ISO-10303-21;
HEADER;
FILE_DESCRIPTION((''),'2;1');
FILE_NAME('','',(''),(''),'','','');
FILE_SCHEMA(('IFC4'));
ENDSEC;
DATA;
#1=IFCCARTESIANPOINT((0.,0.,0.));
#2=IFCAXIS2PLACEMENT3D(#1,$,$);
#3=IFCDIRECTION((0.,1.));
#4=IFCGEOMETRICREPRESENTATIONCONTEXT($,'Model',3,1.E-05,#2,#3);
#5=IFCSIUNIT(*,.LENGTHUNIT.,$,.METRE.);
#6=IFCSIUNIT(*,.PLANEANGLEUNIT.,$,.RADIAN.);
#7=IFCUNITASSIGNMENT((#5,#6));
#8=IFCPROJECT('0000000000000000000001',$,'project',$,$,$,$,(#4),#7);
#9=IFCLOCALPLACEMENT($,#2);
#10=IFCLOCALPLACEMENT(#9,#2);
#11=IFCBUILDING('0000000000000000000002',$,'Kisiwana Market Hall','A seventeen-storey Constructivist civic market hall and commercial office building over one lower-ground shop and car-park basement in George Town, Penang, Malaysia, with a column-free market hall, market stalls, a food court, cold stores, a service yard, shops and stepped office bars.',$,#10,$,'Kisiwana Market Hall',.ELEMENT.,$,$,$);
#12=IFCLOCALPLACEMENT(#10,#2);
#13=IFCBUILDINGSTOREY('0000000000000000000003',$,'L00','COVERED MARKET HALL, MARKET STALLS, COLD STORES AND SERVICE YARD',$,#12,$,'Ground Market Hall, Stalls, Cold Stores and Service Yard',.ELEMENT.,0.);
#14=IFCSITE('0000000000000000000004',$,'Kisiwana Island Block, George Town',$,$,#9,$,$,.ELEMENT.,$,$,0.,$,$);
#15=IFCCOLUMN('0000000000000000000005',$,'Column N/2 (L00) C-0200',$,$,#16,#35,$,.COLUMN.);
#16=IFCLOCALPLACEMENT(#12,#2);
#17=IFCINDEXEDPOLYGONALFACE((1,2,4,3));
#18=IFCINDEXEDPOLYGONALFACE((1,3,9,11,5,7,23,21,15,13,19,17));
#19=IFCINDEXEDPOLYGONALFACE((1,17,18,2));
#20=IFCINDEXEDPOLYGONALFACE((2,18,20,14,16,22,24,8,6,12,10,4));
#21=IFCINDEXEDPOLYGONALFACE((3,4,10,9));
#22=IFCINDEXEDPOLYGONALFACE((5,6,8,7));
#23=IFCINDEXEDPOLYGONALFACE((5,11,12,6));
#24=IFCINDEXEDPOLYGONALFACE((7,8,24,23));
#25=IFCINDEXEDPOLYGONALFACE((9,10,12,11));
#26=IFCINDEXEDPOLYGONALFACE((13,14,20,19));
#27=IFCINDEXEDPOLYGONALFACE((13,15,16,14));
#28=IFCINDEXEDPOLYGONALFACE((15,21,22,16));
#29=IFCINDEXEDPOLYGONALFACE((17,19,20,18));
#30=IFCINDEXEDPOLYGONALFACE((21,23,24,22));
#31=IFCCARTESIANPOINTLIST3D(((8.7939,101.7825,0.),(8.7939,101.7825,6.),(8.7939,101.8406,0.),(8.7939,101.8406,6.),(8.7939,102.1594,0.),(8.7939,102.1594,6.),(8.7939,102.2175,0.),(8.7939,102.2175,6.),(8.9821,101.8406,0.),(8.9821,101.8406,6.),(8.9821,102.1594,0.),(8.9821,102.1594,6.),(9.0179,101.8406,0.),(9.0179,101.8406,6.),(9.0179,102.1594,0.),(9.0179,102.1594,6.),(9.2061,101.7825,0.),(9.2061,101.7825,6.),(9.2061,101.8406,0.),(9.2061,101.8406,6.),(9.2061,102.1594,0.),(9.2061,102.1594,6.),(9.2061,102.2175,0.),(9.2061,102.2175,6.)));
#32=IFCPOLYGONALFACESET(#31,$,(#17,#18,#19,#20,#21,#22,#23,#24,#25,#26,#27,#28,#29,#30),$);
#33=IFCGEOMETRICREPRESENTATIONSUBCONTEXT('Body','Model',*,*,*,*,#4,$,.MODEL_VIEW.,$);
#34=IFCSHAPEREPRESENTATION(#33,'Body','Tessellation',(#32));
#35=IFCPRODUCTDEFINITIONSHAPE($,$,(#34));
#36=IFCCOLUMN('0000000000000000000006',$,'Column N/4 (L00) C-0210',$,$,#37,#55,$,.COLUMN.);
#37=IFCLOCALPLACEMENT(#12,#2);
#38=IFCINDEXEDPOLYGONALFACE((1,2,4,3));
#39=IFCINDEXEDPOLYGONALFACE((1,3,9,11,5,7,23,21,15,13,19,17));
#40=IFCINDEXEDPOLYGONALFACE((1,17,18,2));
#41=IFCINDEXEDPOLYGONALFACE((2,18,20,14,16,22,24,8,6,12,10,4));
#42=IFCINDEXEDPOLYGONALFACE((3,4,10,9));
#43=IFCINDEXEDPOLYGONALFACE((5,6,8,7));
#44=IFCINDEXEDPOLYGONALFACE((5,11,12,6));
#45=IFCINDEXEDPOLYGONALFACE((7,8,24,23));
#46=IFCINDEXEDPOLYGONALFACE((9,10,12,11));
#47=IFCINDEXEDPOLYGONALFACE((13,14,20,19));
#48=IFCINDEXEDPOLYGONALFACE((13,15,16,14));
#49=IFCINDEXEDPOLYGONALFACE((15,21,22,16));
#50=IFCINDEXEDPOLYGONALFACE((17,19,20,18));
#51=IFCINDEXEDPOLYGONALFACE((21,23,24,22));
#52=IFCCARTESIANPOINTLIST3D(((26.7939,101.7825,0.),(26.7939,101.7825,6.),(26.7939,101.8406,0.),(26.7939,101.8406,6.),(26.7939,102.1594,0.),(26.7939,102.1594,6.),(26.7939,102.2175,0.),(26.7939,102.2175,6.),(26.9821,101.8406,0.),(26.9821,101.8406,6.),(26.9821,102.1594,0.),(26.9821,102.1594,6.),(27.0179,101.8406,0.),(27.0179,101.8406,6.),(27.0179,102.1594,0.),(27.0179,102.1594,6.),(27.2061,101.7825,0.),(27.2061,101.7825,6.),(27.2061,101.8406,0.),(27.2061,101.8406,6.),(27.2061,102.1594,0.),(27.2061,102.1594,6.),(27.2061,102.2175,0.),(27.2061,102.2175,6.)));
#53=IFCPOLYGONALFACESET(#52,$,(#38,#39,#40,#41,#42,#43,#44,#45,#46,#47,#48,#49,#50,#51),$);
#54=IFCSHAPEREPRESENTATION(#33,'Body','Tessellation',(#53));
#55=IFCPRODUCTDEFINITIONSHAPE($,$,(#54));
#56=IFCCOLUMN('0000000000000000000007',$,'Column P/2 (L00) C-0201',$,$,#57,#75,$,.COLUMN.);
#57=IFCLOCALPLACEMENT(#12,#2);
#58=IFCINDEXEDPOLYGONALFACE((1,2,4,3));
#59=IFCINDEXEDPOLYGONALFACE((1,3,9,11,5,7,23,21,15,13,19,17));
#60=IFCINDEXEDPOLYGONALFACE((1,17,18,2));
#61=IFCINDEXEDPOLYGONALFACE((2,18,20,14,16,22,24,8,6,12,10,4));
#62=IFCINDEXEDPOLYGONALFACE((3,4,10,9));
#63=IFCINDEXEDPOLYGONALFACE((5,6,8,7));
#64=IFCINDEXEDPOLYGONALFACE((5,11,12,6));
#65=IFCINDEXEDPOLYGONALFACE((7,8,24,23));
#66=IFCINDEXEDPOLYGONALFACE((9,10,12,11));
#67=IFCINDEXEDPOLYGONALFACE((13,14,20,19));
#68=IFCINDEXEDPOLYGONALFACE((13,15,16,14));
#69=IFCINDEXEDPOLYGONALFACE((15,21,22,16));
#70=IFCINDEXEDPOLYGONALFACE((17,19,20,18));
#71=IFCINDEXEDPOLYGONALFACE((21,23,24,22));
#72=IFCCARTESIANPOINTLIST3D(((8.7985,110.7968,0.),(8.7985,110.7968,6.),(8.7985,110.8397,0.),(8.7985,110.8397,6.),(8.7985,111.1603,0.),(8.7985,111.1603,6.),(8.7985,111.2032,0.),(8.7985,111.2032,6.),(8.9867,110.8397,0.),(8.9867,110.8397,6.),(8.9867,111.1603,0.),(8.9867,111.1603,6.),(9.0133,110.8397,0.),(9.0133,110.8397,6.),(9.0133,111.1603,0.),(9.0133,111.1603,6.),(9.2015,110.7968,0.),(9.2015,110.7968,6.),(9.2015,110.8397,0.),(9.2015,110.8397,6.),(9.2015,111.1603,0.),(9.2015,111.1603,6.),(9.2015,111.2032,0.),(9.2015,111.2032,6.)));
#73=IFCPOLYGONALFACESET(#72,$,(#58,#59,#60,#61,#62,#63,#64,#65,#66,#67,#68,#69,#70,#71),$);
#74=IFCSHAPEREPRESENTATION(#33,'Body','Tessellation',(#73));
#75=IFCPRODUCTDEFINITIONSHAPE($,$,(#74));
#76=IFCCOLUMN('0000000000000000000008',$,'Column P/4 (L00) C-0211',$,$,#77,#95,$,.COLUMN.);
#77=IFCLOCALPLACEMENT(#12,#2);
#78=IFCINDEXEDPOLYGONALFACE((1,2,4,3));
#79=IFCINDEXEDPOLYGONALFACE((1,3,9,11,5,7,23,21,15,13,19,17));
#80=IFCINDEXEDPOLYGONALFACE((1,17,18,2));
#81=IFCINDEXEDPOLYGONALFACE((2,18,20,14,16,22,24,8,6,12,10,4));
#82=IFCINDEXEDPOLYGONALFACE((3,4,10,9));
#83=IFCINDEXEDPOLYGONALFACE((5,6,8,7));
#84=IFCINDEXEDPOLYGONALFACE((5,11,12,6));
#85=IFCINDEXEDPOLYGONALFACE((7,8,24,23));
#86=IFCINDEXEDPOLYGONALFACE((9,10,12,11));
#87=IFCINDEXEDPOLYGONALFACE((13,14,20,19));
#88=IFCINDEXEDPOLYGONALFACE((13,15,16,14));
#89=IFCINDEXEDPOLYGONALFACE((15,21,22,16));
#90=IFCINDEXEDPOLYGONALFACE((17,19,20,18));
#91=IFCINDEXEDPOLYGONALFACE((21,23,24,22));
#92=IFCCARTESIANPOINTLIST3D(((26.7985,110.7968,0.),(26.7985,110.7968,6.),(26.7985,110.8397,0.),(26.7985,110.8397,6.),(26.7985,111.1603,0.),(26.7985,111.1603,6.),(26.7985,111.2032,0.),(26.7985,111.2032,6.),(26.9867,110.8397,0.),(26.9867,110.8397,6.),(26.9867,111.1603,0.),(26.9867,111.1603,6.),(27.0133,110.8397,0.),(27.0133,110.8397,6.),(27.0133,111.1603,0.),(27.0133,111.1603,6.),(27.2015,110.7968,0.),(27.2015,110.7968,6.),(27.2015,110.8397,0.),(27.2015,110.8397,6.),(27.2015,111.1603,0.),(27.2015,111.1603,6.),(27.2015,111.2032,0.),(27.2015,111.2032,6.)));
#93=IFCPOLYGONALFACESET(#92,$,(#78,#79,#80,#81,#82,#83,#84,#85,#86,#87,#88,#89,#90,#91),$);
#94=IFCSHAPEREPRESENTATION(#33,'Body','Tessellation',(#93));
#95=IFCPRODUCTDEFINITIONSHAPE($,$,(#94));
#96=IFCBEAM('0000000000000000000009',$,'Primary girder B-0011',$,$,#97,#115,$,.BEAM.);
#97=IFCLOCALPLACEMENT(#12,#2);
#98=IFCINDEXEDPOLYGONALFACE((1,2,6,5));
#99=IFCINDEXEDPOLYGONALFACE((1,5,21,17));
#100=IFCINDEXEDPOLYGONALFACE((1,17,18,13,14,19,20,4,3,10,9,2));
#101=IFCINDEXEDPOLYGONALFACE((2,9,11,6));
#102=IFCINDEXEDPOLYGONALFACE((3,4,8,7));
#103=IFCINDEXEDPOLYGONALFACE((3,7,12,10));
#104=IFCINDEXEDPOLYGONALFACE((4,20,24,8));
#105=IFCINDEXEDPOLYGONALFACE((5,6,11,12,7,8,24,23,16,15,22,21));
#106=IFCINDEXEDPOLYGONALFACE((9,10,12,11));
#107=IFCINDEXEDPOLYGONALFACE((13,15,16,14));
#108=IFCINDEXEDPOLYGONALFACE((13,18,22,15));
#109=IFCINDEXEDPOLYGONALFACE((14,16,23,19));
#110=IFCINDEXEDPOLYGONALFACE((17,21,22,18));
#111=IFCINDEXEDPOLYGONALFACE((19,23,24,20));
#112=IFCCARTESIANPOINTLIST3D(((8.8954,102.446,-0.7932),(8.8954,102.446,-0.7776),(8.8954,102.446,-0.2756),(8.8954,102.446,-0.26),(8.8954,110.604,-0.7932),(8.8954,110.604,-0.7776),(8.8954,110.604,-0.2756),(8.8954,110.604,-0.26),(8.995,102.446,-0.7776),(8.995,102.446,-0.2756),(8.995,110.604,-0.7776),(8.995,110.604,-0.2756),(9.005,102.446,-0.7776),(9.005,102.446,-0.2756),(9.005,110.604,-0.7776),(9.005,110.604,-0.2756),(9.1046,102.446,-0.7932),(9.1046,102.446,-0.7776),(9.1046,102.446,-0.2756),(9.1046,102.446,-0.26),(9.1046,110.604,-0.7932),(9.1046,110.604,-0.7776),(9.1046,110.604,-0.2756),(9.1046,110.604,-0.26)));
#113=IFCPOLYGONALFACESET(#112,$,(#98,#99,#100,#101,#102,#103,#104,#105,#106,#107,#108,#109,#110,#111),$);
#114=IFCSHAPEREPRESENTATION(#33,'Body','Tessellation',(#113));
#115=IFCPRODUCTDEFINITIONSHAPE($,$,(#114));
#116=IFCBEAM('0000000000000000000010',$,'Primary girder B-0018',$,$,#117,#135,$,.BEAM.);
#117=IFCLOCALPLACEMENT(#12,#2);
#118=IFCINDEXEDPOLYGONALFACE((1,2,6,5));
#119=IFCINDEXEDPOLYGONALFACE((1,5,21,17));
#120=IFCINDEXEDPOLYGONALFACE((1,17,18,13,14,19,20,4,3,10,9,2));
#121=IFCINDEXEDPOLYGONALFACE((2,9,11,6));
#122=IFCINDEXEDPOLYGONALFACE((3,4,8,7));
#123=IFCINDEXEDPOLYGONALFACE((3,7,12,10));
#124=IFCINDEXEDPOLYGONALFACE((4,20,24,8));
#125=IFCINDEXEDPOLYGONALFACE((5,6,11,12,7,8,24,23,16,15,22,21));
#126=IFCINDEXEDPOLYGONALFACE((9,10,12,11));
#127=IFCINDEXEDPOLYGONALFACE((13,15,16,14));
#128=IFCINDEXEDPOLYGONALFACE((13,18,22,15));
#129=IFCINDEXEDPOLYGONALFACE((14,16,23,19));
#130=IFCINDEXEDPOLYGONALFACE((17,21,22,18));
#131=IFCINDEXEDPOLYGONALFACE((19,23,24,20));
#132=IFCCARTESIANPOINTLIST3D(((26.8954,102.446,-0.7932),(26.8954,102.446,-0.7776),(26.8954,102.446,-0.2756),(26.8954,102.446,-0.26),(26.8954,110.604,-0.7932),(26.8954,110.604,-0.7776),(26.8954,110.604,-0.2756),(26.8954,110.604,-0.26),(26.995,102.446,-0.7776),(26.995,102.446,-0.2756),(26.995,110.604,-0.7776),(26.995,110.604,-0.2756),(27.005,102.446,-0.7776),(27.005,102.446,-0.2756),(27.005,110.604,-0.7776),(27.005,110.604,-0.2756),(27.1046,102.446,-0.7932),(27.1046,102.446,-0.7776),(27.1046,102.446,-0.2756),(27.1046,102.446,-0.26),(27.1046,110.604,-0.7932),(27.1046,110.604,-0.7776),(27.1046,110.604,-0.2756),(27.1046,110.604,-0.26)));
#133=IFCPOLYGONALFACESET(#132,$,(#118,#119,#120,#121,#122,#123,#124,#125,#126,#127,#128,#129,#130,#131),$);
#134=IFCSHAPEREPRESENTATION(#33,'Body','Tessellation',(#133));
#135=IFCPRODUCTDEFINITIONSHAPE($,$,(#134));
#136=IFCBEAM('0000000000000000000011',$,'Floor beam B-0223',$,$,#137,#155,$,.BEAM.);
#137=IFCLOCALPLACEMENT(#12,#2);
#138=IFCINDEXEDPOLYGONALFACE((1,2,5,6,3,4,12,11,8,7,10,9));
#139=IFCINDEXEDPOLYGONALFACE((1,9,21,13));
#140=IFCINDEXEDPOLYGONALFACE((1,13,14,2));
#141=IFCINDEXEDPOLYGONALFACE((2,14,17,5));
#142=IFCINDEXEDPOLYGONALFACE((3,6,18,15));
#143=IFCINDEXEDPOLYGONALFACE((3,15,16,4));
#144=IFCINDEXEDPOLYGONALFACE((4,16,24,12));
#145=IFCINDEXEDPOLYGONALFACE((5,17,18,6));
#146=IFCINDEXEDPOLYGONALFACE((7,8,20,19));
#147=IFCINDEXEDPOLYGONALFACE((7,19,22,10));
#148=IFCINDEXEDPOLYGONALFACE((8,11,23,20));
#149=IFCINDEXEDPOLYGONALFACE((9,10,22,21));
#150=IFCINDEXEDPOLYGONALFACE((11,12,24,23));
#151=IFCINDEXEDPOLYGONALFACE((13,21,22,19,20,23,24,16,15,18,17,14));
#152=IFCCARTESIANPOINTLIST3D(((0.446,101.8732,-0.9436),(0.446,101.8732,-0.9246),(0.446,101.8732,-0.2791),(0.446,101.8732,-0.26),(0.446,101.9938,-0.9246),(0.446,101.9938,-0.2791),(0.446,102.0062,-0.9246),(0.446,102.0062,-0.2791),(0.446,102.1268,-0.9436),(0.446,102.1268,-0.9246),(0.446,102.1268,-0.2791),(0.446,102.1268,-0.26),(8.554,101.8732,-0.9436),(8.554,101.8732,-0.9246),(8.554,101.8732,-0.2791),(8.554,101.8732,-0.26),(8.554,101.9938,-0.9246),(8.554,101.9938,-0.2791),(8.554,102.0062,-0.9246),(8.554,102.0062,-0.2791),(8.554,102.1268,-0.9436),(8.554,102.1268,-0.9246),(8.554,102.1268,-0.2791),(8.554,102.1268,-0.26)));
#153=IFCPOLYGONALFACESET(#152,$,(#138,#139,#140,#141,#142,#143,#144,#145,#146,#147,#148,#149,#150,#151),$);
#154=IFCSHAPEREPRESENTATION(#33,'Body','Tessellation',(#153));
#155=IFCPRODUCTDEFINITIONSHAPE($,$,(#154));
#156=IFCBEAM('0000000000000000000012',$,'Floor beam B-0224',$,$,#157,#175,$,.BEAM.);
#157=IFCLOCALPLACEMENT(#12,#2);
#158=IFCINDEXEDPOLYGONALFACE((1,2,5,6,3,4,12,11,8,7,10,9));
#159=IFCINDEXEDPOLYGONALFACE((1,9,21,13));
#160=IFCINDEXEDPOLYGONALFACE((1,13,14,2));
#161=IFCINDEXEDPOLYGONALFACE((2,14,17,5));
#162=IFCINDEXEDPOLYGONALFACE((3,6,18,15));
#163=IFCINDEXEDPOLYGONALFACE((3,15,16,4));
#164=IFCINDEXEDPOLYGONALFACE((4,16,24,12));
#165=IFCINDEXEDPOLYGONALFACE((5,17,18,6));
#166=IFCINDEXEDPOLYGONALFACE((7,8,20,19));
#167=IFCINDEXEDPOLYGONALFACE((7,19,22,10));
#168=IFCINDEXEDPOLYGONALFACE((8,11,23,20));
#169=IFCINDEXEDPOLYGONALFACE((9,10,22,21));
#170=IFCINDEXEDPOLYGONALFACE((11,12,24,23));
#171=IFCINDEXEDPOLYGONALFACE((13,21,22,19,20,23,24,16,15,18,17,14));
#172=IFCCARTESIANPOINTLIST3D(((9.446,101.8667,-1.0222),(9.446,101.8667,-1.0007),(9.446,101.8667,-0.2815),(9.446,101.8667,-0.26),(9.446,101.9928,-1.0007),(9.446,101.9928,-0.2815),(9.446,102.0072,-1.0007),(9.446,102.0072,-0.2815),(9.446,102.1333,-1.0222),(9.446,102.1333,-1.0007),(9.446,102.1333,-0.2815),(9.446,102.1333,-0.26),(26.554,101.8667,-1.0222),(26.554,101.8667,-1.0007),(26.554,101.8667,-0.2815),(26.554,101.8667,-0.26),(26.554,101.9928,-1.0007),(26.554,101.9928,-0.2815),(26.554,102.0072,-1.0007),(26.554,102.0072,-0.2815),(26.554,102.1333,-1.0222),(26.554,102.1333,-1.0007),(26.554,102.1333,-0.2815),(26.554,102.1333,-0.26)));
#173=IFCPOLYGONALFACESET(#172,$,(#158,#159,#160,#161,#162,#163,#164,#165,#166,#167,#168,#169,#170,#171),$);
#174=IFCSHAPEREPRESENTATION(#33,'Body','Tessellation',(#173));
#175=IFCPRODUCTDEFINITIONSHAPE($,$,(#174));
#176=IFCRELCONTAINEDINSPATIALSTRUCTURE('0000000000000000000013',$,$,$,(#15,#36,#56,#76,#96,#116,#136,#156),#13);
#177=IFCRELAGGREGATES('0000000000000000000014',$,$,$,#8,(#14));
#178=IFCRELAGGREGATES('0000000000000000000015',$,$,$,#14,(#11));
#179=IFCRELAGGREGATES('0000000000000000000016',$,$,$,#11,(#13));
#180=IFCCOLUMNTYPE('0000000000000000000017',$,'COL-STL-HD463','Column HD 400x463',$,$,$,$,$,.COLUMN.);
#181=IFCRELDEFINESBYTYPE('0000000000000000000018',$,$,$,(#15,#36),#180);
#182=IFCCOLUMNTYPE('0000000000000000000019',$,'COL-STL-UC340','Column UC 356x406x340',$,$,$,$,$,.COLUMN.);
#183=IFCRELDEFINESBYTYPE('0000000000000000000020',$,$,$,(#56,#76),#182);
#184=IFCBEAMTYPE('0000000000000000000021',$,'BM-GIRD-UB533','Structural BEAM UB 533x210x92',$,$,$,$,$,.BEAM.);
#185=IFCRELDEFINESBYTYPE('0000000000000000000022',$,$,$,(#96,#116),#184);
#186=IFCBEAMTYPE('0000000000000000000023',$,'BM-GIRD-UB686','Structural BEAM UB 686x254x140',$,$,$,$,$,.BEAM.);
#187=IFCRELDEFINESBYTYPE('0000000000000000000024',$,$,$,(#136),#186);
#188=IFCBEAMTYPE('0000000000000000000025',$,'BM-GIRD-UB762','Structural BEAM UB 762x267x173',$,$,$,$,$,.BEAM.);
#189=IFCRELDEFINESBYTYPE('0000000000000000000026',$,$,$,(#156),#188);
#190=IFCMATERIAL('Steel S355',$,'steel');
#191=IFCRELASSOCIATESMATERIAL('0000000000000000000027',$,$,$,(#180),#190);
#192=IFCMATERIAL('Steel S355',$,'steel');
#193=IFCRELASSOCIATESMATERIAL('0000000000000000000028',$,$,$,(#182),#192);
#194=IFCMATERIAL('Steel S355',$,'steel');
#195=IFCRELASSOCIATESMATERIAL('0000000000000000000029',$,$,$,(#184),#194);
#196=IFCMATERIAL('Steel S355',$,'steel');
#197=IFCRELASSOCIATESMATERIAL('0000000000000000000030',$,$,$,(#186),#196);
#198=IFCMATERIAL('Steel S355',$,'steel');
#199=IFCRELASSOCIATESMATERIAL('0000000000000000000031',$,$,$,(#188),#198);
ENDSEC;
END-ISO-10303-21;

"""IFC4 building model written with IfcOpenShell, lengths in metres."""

from ifc_helpers import new_model, si_unit, direction, frame, origin, origin_2d, place, context, subcontext, project, spatial, i_section, extrude, material, material_profile, profile_set, type_object, element, save


model = new_model("IFC4")

# Units and contexts
model_context = context("Model", 3, precision=1e-05, world=origin(), true_north=direction((0.0, 1.0)))
body_context = subcontext(model_context, "Body", "Model", "MODEL_VIEW")
ifc_project = project(units=[si_unit("LENGTHUNIT", "METRE"), si_unit("PLANEANGLEUNIT", "RADIAN")], contexts=[model_context])

# Site, building, storey
site_placement = place(None, origin())
site = spatial("IfcSite", under=ifc_project, at=site_placement, Name="Kisiwana Island Block, George Town", CompositionType="ELEMENT", RefElevation=0.0)
building_placement = place(site_placement, origin())
building = spatial("IfcBuilding", under=site, at=building_placement, Name="Kisiwana Market Hall", Description="A seventeen-storey Constructivist civic market hall and commercial office building over one lower-ground shop and car-park basement in George Town, Penang, Malaysia, with a column-free market hall, market stalls, a food court, cold stores, a service yard, shops and stepped office bars.", LongName="Kisiwana Market Hall", CompositionType="ELEMENT")
storey_placement = place(building_placement, origin())
storey = spatial("IfcBuildingStorey", under=building, at=storey_placement, Name="L00", Description="COVERED MARKET HALL, MARKET STALLS, COLD STORES AND SERVICE YARD", LongName="Ground Market Hall, Stalls, Cold Stores and Service Yard", CompositionType="ELEMENT", Elevation=0.0)

# Columns
ifc_material_1 = material(Name="Steel S355", Category="steel")
ifc_material_profile_1 = material_profile(ifc_material_1, i_section(OverallWidth=0.4121, OverallDepth=0.4351, WebThickness=0.0359, FlangeThickness=0.0581, at=origin_2d()), Name="HD 400x463")
ifc_profile_set_1 = profile_set([ifc_material_profile_1], Name="Steel S355")
column_type_1 = type_object("IfcColumnType", Name="COL-STL-HD463", Description="Column HD 400x463", PredefinedType="COLUMN", material=ifc_profile_set_1)
for number, where, z_axis, x_axis, name in (
    (1, (9.0, 102.0, 0.0), (0.0, 0.0, 1.0), (1.0, 0.0, 0.0), "Column N/2 (L00) C-0200"),
    (2, (27.0, 102.0, 0.0), (0.0, 0.0, 1.0), (1.0, 0.0, 0.0), "Column N/4 (L00) C-0210"),
):
    element("IfcColumn", number, at=place(storey_placement, frame(where, z_axis=z_axis, x_axis=x_axis)), inside=storey, type_object=column_type_1, Name=name, PredefinedType="COLUMN", context=body_context, shape_type="SweptSolid", body=[
        extrude(i_section(OverallWidth=0.4121, OverallDepth=0.4351, WebThickness=0.0359, FlangeThickness=0.0581, at=origin_2d()), origin(), (0.0, 0.0, 1.0), 6.0),
    ])
ifc_material_2 = material(Name="Steel S355", Category="steel")
ifc_material_profile_2 = material_profile(ifc_material_2, i_section(OverallWidth=0.4031, OverallDepth=0.4065, WebThickness=0.0266, FlangeThickness=0.043, at=origin_2d()), Name="UC 356x406x340")
ifc_profile_set_2 = profile_set([ifc_material_profile_2], Name="Steel S355")
column_type_2 = type_object("IfcColumnType", Name="COL-STL-UC340", Description="Column UC 356x406x340", PredefinedType="COLUMN", material=ifc_profile_set_2)
for number, where, z_axis, x_axis, name in (
    (3, (9.0, 111.0, 0.0), (0.0, 0.0, 1.0), (1.0, 0.0, 0.0), "Column P/2 (L00) C-0201"),
    (4, (27.0, 111.0, 0.0), (0.0, 0.0, 1.0), (1.0, 0.0, 0.0), "Column P/4 (L00) C-0211"),
):
    element("IfcColumn", number, at=place(storey_placement, frame(where, z_axis=z_axis, x_axis=x_axis)), inside=storey, type_object=column_type_2, Name=name, PredefinedType="COLUMN", context=body_context, shape_type="SweptSolid", body=[
        extrude(i_section(OverallWidth=0.4031, OverallDepth=0.4065, WebThickness=0.0266, FlangeThickness=0.043, at=origin_2d()), origin(), (0.0, 0.0, 1.0), 6.0),
    ])

# Beams
ifc_material_3 = material(Name="Steel S355", Category="steel")
ifc_material_profile_3 = material_profile(ifc_material_3, i_section(OverallWidth=0.2092, OverallDepth=0.5332, WebThickness=0.01, FlangeThickness=0.0156, at=origin_2d()), Name="UB 533x210x92")
ifc_profile_set_3 = profile_set([ifc_material_profile_3], Name="Steel S355")
beam_type_1 = type_object("IfcBeamType", Name="BM-GIRD-UB533", Description="Structural BEAM UB 533x210x92", PredefinedType="BEAM", material=ifc_profile_set_3)
for number, where, z_axis, x_axis, name in (
    (5, (9.0, 102.446, -0.5266), (0.0, 1.0, 0.0), (-1.0, 0.0, 0.0), "Primary girder B-0011"),
    (6, (27.0, 102.446, -0.5266), (0.0, 1.0, 0.0), (-1.0, 0.0, 0.0), "Primary girder B-0018"),
):
    element("IfcBeam", number, at=place(storey_placement, frame(where, z_axis=z_axis, x_axis=x_axis)), inside=storey, type_object=beam_type_1, Name=name, PredefinedType="BEAM", context=body_context, shape_type="SweptSolid", body=[
        extrude(i_section(OverallWidth=0.2092, OverallDepth=0.5332, WebThickness=0.01, FlangeThickness=0.0156, at=origin_2d()), origin(), (0.0, 0.0, 1.0), 8.158),
    ])
ifc_material_4 = material(Name="Steel S355", Category="steel")
ifc_material_profile_4 = material_profile(ifc_material_4, i_section(OverallWidth=0.2537, OverallDepth=0.6836, WebThickness=0.0125, FlangeThickness=0.019, at=origin_2d()), Name="UB 686x254x140")
ifc_profile_set_4 = profile_set([ifc_material_profile_4], Name="Steel S355")
beam_type_2 = type_object("IfcBeamType", Name="BM-GIRD-UB686", Description="Structural BEAM UB 686x254x140", PredefinedType="BEAM", material=ifc_profile_set_4)
beam_1_placement = place(storey_placement, frame((0.446, 102.0, -0.6018), z_axis=(1.0, 0.0, 0.0), x_axis=(0.0, 1.0, 0.0)))
element("IfcBeam", 7, at=beam_1_placement, inside=storey, type_object=beam_type_2, Name="Floor beam B-0223", PredefinedType="BEAM", context=body_context, shape_type="SweptSolid", body=[
    extrude(i_section(OverallWidth=0.2537, OverallDepth=0.6836, WebThickness=0.0125, FlangeThickness=0.019, at=origin_2d()), origin(), (0.0, 0.0, 1.0), 8.1079),
])
ifc_material_5 = material(Name="Steel S355", Category="steel")
ifc_material_profile_5 = material_profile(ifc_material_5, i_section(OverallWidth=0.2666, OverallDepth=0.7622, WebThickness=0.0144, FlangeThickness=0.0215, at=origin_2d()), Name="UB 762x267x173")
ifc_profile_set_5 = profile_set([ifc_material_profile_5], Name="Steel S355")
beam_type_3 = type_object("IfcBeamType", Name="BM-GIRD-UB762", Description="Structural BEAM UB 762x267x173", PredefinedType="BEAM", material=ifc_profile_set_5)
beam_2_placement = place(storey_placement, frame((9.446, 102.0, -0.6411), z_axis=(1.0, 0.0, 0.0), x_axis=(0.0, 1.0, 0.0)))
element("IfcBeam", 8, at=beam_2_placement, inside=storey, type_object=beam_type_3, Name="Floor beam B-0224", PredefinedType="BEAM", context=body_context, shape_type="SweptSolid", body=[
    extrude(i_section(OverallWidth=0.2666, OverallDepth=0.7622, WebThickness=0.0144, FlangeThickness=0.0215, at=origin_2d()), origin(), (0.0, 0.0, 1.0), 17.1079),
])

save(model, "model.ifc")
